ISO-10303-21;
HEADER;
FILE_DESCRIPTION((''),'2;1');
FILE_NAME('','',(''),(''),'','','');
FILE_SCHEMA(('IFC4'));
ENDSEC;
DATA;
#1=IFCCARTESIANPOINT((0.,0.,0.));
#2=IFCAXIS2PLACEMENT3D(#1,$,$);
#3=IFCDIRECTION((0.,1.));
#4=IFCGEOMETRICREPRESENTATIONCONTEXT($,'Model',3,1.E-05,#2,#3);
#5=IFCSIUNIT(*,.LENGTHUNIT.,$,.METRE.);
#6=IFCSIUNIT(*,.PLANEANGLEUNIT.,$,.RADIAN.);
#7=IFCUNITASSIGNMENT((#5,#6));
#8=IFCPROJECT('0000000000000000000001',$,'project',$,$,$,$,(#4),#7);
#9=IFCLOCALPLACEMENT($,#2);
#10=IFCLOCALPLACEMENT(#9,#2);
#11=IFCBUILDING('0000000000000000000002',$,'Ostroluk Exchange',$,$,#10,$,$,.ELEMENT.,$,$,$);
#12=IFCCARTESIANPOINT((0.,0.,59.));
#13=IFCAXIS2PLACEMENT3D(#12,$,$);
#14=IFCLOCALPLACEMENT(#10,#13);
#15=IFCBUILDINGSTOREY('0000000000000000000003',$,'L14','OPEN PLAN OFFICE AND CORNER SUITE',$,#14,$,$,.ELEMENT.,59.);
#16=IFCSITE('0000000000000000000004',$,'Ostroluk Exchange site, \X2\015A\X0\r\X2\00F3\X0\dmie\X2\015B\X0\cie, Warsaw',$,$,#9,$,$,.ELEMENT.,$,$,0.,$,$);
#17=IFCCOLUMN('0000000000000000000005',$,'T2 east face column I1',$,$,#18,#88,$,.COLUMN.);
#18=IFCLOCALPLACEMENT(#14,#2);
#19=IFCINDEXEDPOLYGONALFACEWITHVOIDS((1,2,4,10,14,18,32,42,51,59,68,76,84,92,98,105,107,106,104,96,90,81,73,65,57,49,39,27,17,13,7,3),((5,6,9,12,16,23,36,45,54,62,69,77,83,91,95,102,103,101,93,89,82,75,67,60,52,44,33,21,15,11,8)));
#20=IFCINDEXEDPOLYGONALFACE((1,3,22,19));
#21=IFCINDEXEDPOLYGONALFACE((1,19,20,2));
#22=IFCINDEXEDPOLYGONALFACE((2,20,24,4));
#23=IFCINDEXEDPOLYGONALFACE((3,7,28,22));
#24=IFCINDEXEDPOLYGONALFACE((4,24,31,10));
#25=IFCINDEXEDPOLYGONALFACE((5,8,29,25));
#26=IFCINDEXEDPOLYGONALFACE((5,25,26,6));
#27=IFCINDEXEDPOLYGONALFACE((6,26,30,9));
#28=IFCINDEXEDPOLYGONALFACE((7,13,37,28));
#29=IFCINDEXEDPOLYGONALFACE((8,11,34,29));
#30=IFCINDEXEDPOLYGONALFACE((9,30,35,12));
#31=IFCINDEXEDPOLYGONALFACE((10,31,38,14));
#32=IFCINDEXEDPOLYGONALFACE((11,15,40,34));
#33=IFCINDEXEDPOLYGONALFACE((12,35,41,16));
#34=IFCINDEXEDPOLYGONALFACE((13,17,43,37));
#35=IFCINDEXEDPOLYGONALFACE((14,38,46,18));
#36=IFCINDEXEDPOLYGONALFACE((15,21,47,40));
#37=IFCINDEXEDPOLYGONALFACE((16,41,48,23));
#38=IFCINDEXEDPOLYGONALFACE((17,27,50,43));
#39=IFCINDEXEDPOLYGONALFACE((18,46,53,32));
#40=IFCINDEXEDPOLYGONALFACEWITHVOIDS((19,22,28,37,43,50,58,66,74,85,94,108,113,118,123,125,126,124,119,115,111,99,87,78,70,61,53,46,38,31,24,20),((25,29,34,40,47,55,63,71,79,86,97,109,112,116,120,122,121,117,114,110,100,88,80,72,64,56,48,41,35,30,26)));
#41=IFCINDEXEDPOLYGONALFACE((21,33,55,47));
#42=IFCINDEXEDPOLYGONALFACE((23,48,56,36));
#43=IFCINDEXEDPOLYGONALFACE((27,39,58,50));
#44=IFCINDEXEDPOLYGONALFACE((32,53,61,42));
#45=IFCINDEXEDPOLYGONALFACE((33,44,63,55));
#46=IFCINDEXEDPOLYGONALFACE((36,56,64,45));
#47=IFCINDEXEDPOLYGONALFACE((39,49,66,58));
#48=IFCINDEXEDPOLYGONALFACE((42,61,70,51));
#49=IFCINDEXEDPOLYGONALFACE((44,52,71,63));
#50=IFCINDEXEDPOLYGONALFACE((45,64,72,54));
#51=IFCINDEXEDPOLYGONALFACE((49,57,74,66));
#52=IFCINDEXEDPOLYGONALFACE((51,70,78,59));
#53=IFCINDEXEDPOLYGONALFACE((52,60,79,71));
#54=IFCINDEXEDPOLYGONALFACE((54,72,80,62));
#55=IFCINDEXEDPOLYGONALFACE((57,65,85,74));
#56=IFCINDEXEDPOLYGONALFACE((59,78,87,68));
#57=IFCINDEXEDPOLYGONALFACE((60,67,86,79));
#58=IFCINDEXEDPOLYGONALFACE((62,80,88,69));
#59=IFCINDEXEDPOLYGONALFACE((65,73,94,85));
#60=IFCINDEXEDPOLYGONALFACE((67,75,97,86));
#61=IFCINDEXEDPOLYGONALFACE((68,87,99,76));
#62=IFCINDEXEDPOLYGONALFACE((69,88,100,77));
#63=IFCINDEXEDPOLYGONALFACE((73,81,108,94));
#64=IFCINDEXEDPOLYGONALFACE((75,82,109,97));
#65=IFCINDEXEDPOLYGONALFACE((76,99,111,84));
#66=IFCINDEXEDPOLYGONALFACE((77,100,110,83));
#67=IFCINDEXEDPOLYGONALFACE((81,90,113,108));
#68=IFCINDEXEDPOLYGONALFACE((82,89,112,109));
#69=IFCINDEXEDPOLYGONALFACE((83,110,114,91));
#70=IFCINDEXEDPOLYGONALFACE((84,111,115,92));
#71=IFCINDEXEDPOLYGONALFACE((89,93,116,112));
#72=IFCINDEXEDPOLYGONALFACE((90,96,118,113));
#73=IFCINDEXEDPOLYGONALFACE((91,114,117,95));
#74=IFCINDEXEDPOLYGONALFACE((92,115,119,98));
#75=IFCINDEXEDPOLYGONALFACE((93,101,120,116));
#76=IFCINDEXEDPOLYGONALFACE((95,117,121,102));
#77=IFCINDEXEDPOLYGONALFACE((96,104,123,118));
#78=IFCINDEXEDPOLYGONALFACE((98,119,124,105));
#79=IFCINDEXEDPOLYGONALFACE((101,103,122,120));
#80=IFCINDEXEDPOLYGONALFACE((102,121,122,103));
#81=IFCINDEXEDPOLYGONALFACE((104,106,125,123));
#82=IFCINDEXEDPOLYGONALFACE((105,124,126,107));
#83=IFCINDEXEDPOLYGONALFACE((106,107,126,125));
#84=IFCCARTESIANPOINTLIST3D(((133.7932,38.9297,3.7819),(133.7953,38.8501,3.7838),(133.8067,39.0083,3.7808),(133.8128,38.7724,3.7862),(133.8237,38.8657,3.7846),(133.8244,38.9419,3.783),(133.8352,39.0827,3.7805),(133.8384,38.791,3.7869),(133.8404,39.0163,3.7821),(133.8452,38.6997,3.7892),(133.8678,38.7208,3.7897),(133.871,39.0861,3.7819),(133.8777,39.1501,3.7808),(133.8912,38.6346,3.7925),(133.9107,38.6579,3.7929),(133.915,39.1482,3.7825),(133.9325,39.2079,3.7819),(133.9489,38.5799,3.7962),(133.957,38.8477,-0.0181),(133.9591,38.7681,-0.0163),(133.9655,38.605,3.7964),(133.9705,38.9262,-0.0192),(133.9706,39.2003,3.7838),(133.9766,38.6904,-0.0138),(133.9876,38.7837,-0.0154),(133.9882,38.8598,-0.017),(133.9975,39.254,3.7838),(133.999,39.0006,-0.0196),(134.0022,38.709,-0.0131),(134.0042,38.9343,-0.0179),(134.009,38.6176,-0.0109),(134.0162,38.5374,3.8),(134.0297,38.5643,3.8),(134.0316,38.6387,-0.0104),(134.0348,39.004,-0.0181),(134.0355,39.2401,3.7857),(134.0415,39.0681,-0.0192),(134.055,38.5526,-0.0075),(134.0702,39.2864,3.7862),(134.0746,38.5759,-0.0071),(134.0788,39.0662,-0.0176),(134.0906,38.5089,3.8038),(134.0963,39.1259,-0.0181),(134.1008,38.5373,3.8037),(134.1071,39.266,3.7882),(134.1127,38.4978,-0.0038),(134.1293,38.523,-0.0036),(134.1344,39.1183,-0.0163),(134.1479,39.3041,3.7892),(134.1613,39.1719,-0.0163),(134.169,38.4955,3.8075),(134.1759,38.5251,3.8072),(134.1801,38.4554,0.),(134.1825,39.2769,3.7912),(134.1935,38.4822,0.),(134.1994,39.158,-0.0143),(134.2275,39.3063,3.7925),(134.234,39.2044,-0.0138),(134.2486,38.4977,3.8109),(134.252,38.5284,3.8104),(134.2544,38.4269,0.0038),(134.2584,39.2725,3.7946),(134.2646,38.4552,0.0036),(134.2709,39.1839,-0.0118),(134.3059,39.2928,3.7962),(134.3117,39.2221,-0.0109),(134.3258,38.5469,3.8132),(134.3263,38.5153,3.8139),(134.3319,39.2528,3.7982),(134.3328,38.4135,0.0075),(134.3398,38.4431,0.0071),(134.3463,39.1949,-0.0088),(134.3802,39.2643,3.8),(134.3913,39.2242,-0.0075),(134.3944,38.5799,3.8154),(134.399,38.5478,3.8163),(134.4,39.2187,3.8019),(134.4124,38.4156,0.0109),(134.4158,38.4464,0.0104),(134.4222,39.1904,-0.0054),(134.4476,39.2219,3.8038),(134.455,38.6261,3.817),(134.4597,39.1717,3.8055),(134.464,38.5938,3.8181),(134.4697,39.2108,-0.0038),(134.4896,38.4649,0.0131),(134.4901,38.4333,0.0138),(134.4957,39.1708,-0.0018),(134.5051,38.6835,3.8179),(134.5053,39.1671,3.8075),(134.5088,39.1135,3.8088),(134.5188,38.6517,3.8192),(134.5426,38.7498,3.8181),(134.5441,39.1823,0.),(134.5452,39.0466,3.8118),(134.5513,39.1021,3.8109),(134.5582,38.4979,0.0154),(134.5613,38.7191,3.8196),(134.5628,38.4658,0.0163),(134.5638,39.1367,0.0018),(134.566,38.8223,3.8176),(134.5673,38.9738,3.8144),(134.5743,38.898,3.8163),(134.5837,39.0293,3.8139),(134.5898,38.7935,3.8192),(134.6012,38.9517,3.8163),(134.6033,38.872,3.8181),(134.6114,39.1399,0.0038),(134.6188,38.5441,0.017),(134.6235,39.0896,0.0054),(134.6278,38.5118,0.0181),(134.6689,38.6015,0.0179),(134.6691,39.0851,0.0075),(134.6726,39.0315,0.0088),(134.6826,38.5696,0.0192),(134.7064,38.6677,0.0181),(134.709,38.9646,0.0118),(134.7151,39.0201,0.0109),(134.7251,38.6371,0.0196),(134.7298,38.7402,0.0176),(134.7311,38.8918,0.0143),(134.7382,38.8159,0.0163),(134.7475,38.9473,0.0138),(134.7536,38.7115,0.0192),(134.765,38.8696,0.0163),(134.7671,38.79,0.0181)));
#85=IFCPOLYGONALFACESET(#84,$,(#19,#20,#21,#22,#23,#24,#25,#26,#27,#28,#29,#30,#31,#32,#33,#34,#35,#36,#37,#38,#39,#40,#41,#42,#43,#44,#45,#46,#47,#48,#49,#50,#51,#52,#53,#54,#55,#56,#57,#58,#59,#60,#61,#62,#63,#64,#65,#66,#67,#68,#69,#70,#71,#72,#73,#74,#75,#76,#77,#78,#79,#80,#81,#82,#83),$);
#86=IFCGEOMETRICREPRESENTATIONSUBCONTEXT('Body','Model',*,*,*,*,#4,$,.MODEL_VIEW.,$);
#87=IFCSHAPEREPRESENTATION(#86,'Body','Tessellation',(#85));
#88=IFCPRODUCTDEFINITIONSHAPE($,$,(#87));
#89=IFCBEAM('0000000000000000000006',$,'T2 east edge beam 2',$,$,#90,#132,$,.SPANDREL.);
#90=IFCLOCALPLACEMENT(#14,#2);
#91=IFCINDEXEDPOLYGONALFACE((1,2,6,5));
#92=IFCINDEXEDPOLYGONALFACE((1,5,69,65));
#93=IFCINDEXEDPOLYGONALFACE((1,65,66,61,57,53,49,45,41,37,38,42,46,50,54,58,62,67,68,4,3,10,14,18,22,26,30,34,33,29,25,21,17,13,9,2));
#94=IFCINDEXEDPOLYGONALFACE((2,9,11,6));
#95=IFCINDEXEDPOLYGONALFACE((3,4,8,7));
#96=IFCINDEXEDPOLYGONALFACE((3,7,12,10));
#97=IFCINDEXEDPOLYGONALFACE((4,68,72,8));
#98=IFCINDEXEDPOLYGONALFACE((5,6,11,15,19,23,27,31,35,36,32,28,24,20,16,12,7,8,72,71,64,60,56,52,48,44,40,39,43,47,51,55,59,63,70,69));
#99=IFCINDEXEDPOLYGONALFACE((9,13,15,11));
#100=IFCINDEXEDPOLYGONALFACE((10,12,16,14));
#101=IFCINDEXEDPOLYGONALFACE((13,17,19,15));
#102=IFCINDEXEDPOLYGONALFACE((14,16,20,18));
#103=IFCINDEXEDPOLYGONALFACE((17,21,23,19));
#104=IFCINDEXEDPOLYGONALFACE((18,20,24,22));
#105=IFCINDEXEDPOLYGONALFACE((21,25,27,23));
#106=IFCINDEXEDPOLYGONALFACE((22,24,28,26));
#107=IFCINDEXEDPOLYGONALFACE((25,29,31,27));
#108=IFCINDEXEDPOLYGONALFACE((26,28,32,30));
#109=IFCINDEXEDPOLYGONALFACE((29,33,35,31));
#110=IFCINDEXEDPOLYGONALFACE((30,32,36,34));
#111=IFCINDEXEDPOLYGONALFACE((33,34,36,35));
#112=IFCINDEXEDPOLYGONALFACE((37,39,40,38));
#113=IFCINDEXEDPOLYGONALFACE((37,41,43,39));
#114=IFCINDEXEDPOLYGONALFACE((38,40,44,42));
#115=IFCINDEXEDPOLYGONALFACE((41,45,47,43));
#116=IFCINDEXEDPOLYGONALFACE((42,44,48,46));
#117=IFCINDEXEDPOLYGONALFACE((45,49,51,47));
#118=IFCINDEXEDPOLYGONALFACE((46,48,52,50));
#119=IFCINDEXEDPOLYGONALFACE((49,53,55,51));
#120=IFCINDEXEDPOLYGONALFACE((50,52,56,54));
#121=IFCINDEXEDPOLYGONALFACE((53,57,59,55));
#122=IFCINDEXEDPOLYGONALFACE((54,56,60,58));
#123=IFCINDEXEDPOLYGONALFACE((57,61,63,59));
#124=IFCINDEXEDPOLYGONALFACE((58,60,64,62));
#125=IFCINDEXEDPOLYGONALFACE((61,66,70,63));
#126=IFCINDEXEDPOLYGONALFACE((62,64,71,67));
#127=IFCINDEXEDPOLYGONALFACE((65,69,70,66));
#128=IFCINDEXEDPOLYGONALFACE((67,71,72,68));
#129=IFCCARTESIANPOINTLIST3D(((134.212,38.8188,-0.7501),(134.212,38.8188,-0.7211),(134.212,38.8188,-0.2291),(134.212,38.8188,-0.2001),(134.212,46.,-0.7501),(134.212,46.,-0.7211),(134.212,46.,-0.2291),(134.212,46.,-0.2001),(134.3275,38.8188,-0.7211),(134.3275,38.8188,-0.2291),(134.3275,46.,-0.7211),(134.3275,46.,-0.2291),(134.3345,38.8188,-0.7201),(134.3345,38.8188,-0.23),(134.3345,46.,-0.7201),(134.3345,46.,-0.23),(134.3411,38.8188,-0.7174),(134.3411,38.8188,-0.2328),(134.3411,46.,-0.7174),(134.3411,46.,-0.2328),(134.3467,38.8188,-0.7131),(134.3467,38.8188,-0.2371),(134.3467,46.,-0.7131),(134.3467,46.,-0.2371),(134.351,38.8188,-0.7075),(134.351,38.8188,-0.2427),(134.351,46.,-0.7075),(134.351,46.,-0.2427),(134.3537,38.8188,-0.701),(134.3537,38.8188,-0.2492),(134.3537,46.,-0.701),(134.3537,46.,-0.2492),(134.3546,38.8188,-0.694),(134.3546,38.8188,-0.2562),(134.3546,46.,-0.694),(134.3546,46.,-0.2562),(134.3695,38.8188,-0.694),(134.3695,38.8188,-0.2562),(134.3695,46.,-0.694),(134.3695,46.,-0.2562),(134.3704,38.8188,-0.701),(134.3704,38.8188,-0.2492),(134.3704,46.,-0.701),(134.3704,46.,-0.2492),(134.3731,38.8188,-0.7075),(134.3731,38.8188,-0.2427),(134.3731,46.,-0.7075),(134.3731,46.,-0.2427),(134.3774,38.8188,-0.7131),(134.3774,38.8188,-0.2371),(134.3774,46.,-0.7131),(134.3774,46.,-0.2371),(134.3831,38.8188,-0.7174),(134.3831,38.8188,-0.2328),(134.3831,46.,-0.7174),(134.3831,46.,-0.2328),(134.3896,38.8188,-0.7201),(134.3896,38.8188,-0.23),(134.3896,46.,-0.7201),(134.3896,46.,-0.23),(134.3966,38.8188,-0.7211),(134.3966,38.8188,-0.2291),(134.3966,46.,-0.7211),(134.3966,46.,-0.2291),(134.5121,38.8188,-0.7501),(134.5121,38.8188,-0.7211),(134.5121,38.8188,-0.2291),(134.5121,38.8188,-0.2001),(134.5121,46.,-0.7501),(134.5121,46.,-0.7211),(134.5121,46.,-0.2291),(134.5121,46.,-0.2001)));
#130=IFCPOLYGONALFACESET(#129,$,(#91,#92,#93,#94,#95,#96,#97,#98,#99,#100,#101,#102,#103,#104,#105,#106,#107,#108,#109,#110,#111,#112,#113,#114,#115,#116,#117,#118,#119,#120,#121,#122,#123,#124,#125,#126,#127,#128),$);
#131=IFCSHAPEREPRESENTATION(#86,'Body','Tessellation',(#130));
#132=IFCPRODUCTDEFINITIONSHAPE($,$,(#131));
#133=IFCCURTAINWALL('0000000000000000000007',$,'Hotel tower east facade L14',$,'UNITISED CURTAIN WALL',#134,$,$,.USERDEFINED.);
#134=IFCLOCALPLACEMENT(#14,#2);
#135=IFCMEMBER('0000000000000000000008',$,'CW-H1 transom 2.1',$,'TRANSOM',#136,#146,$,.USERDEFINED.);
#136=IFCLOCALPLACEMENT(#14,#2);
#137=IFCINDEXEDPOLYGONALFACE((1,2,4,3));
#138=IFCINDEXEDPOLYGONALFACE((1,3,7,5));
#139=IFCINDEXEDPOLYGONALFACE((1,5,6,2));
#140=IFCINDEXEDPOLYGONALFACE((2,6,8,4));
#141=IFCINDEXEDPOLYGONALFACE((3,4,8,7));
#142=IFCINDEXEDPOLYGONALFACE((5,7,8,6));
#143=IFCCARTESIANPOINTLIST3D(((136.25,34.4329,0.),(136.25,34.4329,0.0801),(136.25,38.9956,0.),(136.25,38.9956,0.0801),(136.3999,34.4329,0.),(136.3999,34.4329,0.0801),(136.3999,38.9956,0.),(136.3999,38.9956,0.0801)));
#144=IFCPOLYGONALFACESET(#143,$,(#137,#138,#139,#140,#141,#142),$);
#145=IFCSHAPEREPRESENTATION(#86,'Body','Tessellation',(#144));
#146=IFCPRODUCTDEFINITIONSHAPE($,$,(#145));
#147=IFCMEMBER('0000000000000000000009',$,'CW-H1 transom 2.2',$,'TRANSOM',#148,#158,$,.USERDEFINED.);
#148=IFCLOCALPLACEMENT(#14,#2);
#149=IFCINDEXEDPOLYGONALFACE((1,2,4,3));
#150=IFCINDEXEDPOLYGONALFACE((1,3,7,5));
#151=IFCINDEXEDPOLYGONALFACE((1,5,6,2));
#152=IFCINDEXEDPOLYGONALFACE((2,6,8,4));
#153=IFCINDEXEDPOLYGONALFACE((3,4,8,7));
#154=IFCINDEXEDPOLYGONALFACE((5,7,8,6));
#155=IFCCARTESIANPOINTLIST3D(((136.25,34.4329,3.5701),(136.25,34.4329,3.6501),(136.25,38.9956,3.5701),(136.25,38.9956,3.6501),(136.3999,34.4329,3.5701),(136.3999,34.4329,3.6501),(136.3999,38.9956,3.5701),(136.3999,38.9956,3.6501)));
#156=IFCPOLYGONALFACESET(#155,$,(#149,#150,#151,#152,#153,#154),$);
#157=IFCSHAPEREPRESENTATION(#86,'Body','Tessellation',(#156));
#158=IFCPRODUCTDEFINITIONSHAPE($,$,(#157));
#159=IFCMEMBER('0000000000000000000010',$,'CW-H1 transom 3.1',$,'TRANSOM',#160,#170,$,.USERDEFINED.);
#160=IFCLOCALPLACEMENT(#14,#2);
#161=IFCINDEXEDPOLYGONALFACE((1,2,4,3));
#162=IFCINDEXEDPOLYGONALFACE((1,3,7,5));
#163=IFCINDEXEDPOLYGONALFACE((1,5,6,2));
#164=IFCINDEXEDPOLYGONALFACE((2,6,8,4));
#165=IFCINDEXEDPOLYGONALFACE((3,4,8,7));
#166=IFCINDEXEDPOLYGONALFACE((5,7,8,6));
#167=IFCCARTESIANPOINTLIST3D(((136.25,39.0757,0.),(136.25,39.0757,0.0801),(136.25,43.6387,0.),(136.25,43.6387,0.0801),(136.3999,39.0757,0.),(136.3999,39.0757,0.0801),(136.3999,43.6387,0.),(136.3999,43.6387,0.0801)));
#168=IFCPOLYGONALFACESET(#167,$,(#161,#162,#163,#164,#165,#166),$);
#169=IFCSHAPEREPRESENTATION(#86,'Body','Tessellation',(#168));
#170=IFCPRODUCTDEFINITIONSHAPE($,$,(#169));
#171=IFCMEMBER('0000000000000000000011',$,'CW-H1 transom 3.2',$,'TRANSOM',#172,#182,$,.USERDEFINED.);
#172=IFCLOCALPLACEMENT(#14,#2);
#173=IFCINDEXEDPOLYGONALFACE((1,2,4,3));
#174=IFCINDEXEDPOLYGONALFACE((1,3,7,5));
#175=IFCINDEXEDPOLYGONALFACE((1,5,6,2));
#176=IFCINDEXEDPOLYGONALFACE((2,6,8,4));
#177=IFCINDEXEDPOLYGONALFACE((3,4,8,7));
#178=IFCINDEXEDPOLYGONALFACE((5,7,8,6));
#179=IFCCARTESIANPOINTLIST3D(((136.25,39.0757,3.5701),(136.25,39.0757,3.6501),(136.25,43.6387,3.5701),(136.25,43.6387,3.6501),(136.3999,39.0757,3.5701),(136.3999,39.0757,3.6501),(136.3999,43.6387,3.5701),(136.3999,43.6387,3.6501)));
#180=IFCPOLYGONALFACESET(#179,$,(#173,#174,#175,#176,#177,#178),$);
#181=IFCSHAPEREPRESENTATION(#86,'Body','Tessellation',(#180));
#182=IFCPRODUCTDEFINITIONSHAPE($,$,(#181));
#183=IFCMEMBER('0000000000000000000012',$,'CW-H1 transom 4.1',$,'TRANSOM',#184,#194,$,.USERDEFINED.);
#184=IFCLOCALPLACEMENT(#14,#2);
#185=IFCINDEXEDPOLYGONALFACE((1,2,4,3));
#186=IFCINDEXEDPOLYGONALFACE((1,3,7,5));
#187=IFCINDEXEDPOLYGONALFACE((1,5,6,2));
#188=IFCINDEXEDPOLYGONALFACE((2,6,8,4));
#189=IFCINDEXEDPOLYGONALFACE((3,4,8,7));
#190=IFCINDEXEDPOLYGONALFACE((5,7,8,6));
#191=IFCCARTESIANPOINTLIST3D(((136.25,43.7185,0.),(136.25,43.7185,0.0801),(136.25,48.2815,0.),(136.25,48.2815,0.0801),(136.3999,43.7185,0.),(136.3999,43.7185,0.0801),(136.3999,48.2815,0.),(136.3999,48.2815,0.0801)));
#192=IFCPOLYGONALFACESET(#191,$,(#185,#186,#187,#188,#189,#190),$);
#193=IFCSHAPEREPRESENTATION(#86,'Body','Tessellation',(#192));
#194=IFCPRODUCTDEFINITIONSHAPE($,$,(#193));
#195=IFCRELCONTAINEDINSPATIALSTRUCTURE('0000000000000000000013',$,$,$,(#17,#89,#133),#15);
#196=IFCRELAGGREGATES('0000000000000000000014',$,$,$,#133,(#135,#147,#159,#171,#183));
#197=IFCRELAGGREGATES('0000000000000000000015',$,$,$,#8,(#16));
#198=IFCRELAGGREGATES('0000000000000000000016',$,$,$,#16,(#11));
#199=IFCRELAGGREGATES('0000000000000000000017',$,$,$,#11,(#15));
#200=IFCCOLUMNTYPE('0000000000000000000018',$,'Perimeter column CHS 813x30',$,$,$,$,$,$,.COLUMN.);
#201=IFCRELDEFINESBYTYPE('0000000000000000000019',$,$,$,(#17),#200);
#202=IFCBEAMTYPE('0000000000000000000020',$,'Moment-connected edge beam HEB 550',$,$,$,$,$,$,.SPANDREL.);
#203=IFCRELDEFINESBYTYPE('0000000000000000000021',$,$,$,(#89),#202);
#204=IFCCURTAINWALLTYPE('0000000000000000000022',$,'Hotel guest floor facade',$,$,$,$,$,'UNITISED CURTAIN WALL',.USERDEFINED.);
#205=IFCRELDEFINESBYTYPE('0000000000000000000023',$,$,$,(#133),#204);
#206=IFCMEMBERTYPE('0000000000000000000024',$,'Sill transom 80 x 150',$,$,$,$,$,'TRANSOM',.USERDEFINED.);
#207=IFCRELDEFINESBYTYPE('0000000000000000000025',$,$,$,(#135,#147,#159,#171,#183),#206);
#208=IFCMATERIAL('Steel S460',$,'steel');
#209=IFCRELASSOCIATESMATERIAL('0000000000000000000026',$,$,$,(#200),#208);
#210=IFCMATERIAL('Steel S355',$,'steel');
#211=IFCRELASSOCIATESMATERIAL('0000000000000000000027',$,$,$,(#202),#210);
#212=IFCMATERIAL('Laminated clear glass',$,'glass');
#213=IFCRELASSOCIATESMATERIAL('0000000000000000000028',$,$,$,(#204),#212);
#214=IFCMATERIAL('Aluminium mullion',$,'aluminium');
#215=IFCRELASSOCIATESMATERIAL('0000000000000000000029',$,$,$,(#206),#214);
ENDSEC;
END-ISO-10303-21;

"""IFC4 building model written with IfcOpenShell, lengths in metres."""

from ifc_helpers import new_model, si_unit, direction, frame, origin, origin_2d, place, context, subcontext, project, spatial, rectangle, hollow_circle, i_section, extrude, material, material_profile, profile_set, type_object, element, aggregate, save


model = new_model("IFC4")

# Units and contexts
model_context = context("Model", 3, precision=1e-05, world=origin(), true_north=direction((0.0, 1.0)))
body_context = subcontext(model_context, "Body", "Model", "MODEL_VIEW")
ifc_project = project(units=[si_unit("LENGTHUNIT", "METRE"), si_unit("PLANEANGLEUNIT", "RADIAN")], contexts=[model_context])

# Site, building, storey
site_placement = place(None, origin())
site = spatial("IfcSite", under=ifc_project, at=site_placement, Name="Ostroluk Exchange site, Śródmieście, Warsaw", CompositionType="ELEMENT", RefElevation=0.0)
building_placement = place(site_placement, origin())
building = spatial("IfcBuilding", under=site, at=building_placement, Name="Ostroluk Exchange", CompositionType="ELEMENT")
storey_placement = place(building_placement, frame((0.0, 0.0, 59.0)))
storey = spatial("IfcBuildingStorey", under=building, at=storey_placement, Name="L14", Description="OPEN PLAN OFFICE AND CORNER SUITE", CompositionType="ELEMENT", Elevation=59.0)

# Column
ifc_material_1 = material(Name="Steel S460", Category="steel")
ifc_material_profile_1 = material_profile(ifc_material_1, hollow_circle(Radius=0.4065, WallThickness=0.03, at=origin_2d()), Name="CHS 813x30")
ifc_profile_set_1 = profile_set([ifc_material_profile_1], Name="Steel S460")
column_type = type_object("IfcColumnType", Name="Perimeter column CHS 813x30", PredefinedType="COLUMN", material=ifc_profile_set_1)
column_placement = place(storey_placement, frame((134.3621, 38.8188, 0.0), z_axis=(-0.04306, 0.021562, 0.99884), x_axis=(-0.447747, -0.894161, 0.0)))
element("IfcColumn", 1, at=column_placement, inside=storey, type_object=column_type, Name="T2 east face column I1", PredefinedType="COLUMN", context=body_context, shape_type="SweptSolid", body=[
    extrude(hollow_circle(Radius=0.4065, WallThickness=0.03, at=origin_2d()), origin(), (0.0, 0.0, 1.0), 3.8044),
])

# Beam
ifc_material_2 = material(Name="Steel S355", Category="steel")
ifc_material_profile_2 = material_profile(ifc_material_2, i_section(OverallWidth=0.3, OverallDepth=0.55, WebThickness=0.0149, FlangeThickness=0.0291, FilletRadius=0.0271, at=origin_2d()), Name="HEB 550")
ifc_profile_set_2 = profile_set([ifc_material_profile_2], Name="Steel S355")
beam_type = type_object("IfcBeamType", Name="Moment-connected edge beam HEB 550", PredefinedType="SPANDREL", material=ifc_profile_set_2)
beam_placement = place(storey_placement, frame((134.3621, 38.8188, -0.4751), z_axis=(0.0, 1.0, 0.0), x_axis=(-1.0, 0.0, 0.0)))
element("IfcBeam", 2, at=beam_placement, inside=storey, type_object=beam_type, Name="T2 east edge beam 2", PredefinedType="SPANDREL", context=body_context, shape_type="SweptSolid", body=[
    extrude(i_section(OverallWidth=0.3, OverallDepth=0.55, WebThickness=0.0149, FlangeThickness=0.0291, FilletRadius=0.0271, at=origin_2d()), origin(), (0.0, 0.0, 1.0), 7.1812),
])

# Curtain wall, members
ifc_material_3 = material(Name="Laminated clear glass", Category="glass")
curtain_wall_type = type_object("IfcCurtainWallType", Name="Hotel guest floor facade", ElementType="UNITISED CURTAIN WALL", PredefinedType="USERDEFINED", material=ifc_material_3)
curtain_wall_placement = place(storey_placement, origin())
curtain_wall = element("IfcCurtainWall", 3, at=curtain_wall_placement, inside=storey, type_object=curtain_wall_type, Name="Hotel tower east facade L14", ObjectType="UNITISED CURTAIN WALL", PredefinedType="USERDEFINED")
ifc_material_4 = material(Name="Aluminium mullion", Category="aluminium")
ifc_material_profile_3 = material_profile(ifc_material_4, rectangle(XDim=0.1499, YDim=0.0801, at=origin_2d()), Name="Sill transom 80 x 150")
ifc_profile_set_3 = profile_set([ifc_material_profile_3], Name="Aluminium mullion")
member_type_1 = type_object("IfcMemberType", Name="Sill transom 80 x 150", ElementType="TRANSOM", PredefinedType="USERDEFINED", material=ifc_profile_set_3)
member_1_placement = place(storey_placement, frame((136.325, 34.4329, 0.04), z_axis=(0.0, 1.0, 0.0), x_axis=(-1.0, 0.0, 0.0)))
member_1 = element("IfcMember", 4, at=member_1_placement, type_object=member_type_1, Name="CW-H1 transom 2.1", ObjectType="TRANSOM", PredefinedType="USERDEFINED", context=body_context, shape_type="SweptSolid", body=[
    extrude(rectangle(XDim=0.1499, YDim=0.0801, at=origin_2d()), origin(), (0.0, 0.0, 1.0), 4.5627),
])
member_2_placement = place(storey_placement, frame((136.325, 34.4329, 3.6101), z_axis=(0.0, 1.0, 0.0), x_axis=(-1.0, 0.0, 0.0)))
member_2 = element("IfcMember", 5, at=member_2_placement, type_object=member_type_1, Name="CW-H1 transom 2.2", ObjectType="TRANSOM", PredefinedType="USERDEFINED", context=body_context, shape_type="SweptSolid", body=[
    extrude(rectangle(XDim=0.1499, YDim=0.0801, at=origin_2d()), origin(), (0.0, 0.0, 1.0), 4.5627),
])
member_3_placement = place(storey_placement, frame((136.325, 39.0757, 0.04), z_axis=(0.0, 1.0, 0.0), x_axis=(-1.0, 0.0, 0.0)))
member_3 = element("IfcMember", 6, at=member_3_placement, type_object=member_type_1, Name="CW-H1 transom 3.1", ObjectType="TRANSOM", PredefinedType="USERDEFINED", context=body_context, shape_type="SweptSolid", body=[
    extrude(rectangle(XDim=0.1499, YDim=0.0801, at=origin_2d()), origin(), (0.0, 0.0, 1.0), 4.563),
])
member_4_placement = place(storey_placement, frame((136.325, 39.0757, 3.6101), z_axis=(0.0, 1.0, 0.0), x_axis=(-1.0, 0.0, 0.0)))
member_4 = element("IfcMember", 7, at=member_4_placement, type_object=member_type_1, Name="CW-H1 transom 3.2", ObjectType="TRANSOM", PredefinedType="USERDEFINED", context=body_context, shape_type="SweptSolid", body=[
    extrude(rectangle(XDim=0.1499, YDim=0.0801, at=origin_2d()), origin(), (0.0, 0.0, 1.0), 4.563),
])
member_5_placement = place(storey_placement, frame((136.325, 43.7185, 0.04), z_axis=(0.0, 1.0, 0.0), x_axis=(-1.0, 0.0, 0.0)))
member_5 = element("IfcMember", 8, at=member_5_placement, type_object=member_type_1, Name="CW-H1 transom 4.1", ObjectType="TRANSOM", PredefinedType="USERDEFINED", context=body_context, shape_type="SweptSolid", body=[
    extrude(rectangle(XDim=0.1499, YDim=0.0801, at=origin_2d()), origin(), (0.0, 0.0, 1.0), 4.563),
])
aggregate(curtain_wall, [member_1, member_2, member_3, member_4, member_5])

save(model, "model.ifc")
